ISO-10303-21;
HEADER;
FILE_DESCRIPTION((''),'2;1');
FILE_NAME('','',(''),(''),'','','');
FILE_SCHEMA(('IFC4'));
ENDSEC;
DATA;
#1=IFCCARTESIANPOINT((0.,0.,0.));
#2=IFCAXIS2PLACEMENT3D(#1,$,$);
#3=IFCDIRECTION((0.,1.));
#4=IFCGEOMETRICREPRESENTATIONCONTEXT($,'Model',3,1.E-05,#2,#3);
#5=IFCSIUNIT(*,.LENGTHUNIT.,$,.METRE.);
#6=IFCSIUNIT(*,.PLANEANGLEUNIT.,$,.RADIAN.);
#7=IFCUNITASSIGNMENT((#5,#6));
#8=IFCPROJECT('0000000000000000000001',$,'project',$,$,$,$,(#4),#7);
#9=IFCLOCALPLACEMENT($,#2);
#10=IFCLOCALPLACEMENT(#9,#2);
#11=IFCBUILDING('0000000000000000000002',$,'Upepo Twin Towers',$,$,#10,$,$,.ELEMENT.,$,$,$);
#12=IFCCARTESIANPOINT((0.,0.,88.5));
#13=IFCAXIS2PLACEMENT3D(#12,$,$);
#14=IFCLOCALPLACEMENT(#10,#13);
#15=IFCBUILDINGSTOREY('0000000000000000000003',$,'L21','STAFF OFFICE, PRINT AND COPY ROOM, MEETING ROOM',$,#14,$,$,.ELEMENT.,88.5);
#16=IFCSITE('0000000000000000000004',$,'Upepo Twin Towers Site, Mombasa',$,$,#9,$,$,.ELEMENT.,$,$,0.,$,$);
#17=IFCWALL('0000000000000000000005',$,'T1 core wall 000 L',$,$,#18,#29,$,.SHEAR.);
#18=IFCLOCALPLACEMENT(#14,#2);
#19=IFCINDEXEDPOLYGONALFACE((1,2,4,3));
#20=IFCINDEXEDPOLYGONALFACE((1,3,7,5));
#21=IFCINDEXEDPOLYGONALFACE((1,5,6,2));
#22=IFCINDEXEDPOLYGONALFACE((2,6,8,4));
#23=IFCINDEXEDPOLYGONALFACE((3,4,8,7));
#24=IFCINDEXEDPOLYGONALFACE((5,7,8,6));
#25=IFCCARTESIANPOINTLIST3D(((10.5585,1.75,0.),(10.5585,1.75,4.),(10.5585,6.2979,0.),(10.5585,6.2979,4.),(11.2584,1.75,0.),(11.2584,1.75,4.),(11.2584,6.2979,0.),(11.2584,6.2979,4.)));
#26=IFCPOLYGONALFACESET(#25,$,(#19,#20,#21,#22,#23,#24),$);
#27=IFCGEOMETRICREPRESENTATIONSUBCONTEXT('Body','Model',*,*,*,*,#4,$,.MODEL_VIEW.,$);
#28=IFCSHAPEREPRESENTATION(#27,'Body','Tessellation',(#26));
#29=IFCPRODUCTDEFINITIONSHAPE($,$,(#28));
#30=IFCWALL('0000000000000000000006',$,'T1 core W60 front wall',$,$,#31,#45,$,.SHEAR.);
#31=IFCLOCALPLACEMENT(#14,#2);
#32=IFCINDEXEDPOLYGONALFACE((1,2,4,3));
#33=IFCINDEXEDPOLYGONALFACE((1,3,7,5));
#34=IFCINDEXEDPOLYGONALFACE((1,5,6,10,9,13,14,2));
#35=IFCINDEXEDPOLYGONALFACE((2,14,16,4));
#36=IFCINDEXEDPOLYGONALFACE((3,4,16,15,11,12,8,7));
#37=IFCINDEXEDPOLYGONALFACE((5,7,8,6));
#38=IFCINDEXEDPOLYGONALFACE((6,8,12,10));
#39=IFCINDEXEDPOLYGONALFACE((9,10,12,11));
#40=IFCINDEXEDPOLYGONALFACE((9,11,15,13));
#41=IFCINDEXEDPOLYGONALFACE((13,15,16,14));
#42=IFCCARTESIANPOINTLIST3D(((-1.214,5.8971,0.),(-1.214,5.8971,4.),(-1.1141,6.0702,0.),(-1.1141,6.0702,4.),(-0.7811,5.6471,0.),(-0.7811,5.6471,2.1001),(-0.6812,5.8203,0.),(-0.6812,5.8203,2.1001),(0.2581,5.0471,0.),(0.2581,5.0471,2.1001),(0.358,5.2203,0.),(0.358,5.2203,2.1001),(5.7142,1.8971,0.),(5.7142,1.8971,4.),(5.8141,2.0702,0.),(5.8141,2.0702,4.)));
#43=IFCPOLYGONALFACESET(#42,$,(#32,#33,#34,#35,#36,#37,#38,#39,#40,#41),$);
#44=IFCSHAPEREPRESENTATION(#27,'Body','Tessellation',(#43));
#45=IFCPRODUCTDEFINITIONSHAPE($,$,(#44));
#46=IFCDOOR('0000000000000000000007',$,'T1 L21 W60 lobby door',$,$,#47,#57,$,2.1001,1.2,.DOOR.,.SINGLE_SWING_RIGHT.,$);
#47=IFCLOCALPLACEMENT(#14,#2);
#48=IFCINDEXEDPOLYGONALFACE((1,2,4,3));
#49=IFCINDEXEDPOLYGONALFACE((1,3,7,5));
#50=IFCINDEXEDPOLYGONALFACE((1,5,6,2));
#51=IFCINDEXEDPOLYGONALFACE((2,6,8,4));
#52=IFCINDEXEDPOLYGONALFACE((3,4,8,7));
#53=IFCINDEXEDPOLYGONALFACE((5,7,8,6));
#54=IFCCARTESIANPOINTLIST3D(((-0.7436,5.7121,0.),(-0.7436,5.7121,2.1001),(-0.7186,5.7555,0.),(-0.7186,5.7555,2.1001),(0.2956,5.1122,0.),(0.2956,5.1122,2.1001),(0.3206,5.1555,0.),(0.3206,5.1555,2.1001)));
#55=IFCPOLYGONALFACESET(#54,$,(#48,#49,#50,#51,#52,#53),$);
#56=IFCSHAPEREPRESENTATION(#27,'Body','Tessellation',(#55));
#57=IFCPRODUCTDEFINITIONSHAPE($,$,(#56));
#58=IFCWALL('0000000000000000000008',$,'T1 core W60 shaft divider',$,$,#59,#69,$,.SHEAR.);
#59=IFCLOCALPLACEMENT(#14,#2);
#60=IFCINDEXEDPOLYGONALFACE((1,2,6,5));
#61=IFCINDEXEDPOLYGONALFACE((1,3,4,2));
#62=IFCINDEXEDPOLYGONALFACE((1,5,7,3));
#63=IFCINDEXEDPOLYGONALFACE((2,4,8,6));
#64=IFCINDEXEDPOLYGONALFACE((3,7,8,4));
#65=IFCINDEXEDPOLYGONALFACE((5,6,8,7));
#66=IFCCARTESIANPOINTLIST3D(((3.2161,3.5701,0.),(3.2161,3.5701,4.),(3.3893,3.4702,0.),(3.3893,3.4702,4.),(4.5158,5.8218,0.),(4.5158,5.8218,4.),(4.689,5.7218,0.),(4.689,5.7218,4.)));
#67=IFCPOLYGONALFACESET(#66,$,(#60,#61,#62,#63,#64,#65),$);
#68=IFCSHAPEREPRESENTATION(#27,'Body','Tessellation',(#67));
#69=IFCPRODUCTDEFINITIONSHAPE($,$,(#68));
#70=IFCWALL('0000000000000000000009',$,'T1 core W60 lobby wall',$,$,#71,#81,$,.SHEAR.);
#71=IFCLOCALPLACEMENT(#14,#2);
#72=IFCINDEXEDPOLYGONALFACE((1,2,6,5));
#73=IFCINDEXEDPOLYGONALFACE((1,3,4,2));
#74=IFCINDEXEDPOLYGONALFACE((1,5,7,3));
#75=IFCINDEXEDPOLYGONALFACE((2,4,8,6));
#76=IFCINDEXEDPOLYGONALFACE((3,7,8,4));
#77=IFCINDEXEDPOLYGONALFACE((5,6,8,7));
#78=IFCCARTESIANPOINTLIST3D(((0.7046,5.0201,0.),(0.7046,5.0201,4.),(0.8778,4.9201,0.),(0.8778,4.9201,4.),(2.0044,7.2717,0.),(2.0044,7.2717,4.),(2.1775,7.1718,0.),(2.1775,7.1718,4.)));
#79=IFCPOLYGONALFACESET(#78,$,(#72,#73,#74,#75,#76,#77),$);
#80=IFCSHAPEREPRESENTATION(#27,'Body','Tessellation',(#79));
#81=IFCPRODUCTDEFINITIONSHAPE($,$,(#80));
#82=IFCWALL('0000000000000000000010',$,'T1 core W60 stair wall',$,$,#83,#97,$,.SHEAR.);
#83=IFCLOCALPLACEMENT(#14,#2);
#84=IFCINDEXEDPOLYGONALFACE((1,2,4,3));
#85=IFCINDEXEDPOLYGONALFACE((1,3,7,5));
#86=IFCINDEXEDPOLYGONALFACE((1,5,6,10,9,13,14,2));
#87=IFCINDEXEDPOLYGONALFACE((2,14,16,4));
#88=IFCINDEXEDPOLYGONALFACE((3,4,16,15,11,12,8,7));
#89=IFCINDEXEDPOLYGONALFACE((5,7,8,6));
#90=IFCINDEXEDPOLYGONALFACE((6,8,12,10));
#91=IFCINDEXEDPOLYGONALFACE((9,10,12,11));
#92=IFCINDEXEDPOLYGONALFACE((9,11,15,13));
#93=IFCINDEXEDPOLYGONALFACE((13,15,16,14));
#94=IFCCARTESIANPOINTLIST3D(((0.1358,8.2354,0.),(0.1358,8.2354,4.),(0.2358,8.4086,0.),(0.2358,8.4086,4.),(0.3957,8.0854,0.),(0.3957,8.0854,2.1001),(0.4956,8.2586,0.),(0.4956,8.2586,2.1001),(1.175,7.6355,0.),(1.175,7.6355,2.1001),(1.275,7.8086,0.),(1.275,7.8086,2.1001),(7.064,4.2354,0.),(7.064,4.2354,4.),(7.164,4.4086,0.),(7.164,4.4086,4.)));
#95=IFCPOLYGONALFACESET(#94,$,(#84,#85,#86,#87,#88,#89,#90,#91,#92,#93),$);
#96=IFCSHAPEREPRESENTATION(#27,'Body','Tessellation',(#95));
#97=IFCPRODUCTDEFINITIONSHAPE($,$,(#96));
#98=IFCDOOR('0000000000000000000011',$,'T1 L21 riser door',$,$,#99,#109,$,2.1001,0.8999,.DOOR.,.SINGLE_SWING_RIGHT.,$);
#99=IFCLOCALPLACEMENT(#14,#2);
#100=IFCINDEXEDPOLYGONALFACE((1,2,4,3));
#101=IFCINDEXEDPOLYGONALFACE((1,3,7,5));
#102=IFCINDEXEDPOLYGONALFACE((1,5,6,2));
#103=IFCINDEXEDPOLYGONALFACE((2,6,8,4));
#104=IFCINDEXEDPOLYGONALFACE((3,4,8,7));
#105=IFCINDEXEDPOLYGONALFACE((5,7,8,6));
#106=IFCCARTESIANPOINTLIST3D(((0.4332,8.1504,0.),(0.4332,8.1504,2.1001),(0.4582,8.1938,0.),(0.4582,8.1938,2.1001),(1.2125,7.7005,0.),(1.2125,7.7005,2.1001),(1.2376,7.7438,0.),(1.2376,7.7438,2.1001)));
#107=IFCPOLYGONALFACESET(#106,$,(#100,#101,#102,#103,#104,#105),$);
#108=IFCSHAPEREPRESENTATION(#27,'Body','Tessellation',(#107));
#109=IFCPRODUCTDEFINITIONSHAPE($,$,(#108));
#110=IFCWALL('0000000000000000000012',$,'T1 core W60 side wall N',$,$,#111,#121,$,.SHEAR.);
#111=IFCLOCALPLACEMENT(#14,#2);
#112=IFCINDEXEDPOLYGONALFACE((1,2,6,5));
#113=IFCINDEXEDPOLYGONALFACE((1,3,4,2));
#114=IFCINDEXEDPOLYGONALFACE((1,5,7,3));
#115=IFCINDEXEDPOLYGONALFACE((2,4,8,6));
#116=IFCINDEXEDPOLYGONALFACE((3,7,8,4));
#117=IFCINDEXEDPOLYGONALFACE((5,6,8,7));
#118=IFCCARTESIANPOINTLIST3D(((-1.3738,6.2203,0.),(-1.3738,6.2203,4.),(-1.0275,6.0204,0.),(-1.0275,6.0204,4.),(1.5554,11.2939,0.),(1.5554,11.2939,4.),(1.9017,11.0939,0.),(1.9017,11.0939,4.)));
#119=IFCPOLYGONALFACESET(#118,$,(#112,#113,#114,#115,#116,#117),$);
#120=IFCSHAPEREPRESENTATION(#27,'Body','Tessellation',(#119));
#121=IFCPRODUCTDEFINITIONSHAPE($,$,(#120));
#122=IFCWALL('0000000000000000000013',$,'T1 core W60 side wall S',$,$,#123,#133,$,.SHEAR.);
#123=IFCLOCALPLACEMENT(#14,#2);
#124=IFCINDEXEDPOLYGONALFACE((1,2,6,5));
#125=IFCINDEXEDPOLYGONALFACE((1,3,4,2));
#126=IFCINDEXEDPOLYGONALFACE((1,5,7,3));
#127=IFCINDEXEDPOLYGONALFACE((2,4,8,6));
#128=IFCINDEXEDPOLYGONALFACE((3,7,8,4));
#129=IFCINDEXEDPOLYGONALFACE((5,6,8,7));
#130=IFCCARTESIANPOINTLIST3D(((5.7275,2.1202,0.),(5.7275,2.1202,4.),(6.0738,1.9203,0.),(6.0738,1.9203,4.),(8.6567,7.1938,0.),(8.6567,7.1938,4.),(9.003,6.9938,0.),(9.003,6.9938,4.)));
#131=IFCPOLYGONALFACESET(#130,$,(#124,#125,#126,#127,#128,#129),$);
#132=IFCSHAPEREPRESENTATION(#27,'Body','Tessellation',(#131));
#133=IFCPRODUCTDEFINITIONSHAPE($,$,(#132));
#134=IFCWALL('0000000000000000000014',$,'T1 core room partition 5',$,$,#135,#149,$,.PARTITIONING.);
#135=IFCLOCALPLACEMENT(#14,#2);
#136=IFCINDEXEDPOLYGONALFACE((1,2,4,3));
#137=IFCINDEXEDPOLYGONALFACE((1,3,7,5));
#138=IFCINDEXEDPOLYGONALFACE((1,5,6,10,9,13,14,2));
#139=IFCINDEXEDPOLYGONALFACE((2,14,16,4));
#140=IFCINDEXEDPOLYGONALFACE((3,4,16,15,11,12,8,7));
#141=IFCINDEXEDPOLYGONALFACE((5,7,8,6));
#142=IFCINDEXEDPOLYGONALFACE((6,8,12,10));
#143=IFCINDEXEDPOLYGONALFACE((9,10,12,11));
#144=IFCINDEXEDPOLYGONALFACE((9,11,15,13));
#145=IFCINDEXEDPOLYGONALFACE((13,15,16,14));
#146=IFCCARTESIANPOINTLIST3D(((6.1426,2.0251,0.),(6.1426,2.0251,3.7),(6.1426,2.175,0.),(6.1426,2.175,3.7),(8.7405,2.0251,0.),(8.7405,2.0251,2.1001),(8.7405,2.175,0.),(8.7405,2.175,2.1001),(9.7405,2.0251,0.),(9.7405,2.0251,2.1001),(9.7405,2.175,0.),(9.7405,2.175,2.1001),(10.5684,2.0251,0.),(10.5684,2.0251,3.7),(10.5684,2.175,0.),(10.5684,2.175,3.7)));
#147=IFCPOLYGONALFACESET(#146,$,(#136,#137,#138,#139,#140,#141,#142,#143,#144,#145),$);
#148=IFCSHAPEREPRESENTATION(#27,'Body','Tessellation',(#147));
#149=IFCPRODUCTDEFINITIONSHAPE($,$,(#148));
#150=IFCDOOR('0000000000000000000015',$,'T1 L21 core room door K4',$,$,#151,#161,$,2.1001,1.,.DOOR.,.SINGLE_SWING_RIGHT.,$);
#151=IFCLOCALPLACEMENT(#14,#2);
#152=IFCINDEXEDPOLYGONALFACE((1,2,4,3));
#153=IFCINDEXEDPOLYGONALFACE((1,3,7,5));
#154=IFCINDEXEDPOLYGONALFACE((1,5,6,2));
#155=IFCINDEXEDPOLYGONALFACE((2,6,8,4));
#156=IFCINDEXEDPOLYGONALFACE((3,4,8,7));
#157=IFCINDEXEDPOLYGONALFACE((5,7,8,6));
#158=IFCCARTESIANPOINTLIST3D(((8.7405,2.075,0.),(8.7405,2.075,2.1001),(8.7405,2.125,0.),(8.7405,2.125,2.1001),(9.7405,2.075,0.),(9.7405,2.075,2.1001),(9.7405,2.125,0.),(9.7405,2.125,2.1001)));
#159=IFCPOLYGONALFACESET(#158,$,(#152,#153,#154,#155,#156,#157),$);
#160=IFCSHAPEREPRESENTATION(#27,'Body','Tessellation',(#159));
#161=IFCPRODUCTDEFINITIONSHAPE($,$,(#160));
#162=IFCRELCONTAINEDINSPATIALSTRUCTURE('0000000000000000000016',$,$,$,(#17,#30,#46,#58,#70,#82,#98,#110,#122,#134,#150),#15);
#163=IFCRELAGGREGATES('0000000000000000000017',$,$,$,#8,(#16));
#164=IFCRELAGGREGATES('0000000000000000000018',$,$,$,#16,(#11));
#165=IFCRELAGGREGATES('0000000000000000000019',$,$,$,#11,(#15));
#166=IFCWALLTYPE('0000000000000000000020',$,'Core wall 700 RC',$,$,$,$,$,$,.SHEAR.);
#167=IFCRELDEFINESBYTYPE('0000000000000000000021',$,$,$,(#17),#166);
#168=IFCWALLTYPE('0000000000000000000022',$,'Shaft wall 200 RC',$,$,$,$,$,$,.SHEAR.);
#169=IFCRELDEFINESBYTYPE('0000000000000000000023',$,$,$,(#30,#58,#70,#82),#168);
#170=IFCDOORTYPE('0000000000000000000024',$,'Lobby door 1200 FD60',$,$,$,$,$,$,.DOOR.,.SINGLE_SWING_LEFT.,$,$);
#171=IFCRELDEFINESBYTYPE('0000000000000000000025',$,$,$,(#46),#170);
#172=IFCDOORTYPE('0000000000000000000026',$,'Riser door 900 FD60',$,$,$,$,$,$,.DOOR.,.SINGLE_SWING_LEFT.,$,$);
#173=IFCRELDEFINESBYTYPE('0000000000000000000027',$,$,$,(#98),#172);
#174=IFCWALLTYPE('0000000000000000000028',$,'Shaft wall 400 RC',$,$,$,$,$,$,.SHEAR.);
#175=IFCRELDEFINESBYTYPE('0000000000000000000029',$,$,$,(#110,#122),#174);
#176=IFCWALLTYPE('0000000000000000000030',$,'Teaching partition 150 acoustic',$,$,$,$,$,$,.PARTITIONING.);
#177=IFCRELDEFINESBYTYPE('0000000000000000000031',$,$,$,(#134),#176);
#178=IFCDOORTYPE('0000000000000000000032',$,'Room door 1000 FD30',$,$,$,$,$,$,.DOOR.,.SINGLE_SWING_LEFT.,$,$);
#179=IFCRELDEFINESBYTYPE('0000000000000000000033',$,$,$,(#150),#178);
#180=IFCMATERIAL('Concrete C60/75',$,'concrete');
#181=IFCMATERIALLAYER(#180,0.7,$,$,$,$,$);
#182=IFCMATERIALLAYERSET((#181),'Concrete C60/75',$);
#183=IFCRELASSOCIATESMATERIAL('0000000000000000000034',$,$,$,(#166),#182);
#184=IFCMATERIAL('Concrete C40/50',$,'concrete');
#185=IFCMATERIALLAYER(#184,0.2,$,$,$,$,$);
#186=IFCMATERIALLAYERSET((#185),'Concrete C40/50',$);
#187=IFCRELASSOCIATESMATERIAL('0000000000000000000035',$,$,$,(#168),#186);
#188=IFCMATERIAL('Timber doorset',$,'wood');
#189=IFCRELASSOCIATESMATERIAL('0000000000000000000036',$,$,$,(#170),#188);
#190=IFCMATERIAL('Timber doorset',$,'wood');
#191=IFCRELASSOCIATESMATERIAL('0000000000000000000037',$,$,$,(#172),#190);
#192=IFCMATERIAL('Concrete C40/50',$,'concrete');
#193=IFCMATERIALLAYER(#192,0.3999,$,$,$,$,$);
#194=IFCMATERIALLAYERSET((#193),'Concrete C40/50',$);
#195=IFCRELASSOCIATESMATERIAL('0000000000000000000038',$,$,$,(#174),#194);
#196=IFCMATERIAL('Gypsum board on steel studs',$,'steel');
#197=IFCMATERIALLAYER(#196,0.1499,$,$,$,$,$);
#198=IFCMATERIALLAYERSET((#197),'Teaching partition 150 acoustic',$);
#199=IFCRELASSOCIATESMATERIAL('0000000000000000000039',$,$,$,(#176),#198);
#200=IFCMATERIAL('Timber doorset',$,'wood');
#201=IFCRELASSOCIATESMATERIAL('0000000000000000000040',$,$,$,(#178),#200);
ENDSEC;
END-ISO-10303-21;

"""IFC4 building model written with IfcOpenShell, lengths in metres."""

from ifc_helpers import new_model, si_unit, direction, frame, frame_2d, origin, place, context, subcontext, project, spatial, rectangle, extrude, material, layer, layer_set, type_object, element, fill, save


model = new_model("IFC4")

# Units and contexts
model_context = context("Model", 3, precision=1e-05, world=origin(), true_north=direction((0.0, 1.0)))
body_context = subcontext(model_context, "Body", "Model", "MODEL_VIEW")
ifc_project = project(units=[si_unit("LENGTHUNIT", "METRE"), si_unit("PLANEANGLEUNIT", "RADIAN")], contexts=[model_context])

# Site, building, storey
site_placement = place(None, origin())
site = spatial("IfcSite", under=ifc_project, at=site_placement, Name="Upepo Twin Towers Site, Mombasa", CompositionType="ELEMENT", RefElevation=0.0)
building_placement = place(site_placement, origin())
building = spatial("IfcBuilding", under=site, at=building_placement, Name="Upepo Twin Towers", CompositionType="ELEMENT")
storey_placement = place(building_placement, frame((0.0, 0.0, 88.5)))
storey = spatial("IfcBuildingStorey", under=building, at=storey_placement, Name="L21", Description="STAFF OFFICE, PRINT AND COPY ROOM, MEETING ROOM", CompositionType="ELEMENT", Elevation=88.5)

# Wall
ifc_material_1 = material(Name="Concrete C60/75", Category="concrete")
ifc_layer_1 = layer(ifc_material_1, 0.7)
ifc_layer_set_1 = layer_set([ifc_layer_1], Name="Concrete C60/75")
wall_type_1 = type_object("IfcWallType", Name="Core wall 700 RC", PredefinedType="SHEAR", material=ifc_layer_set_1)
wall_1_placement = place(storey_placement, frame((10.9084, 1.75, 0.0), z_axis=(0.0, 0.0, 1.0), x_axis=(0.0, 1.0, 0.0)))
element("IfcWall", 1, at=wall_1_placement, inside=storey, type_object=wall_type_1, Name="T1 core wall 000 L", PredefinedType="SHEAR", context=body_context, shape_type="SweptSolid", body=[
    extrude(rectangle(XDim=4.5479, YDim=0.7, at=frame_2d((2.2739, 0.0))), origin(), (0.0, 0.0, 1.0), 4.0),
])

# Wall, opening, door
ifc_material_2 = material(Name="Concrete C40/50", Category="concrete")
ifc_layer_2 = layer(ifc_material_2, 0.2)
ifc_layer_set_2 = layer_set([ifc_layer_2], Name="Concrete C40/50")
wall_type_2 = type_object("IfcWallType", Name="Shaft wall 200 RC", PredefinedType="SHEAR", material=ifc_layer_set_2)
wall_2_placement = place(storey_placement, frame((5.7642, 1.9836, 0.0), z_axis=(0.0, 0.0, 1.0), x_axis=(-0.866026, 0.499999, 0.0)))
wall_2 = element("IfcWall", 2, at=wall_2_placement, inside=storey, type_object=wall_type_2, Name="T1 core W60 front wall", PredefinedType="SHEAR", context=body_context, shape_type="SweptSolid", body=[
    extrude(rectangle(XDim=8.0, YDim=0.2, at=frame_2d((4.0, 0.0))), origin(), (0.0, 0.0, 1.0), 4.0),
])
opening_1_placement = place(wall_2_placement, frame((6.3, 0.0, 0.0)))
opening_1 = element("IfcOpeningElement", 3, at=opening_1_placement, cuts=wall_2, PredefinedType="OPENING", context=body_context, shape_type="SweptSolid", body=[
    extrude(rectangle(XDim=1.2, YDim=2.1001, at=frame_2d((0.6001, 1.05))), frame((0.0, 0.1099, 0.0), z_axis=(0.0, -1.0, 0.0), x_axis=(1.0, 0.0, 0.0)), (0.0, 0.0, 1.0), 0.22),
])
ifc_material_3 = material(Name="Timber doorset", Category="wood")
door_type_1 = type_object("IfcDoorType", Name="Lobby door 1200 FD60", OperationType="SINGLE_SWING_LEFT", PredefinedType="DOOR", material=ifc_material_3)
door_1_placement = place(opening_1_placement, origin())
door_1 = element("IfcDoor", 4, at=door_1_placement, inside=storey, type_object=door_type_1, Name="T1 L21 W60 lobby door", OperationType="SINGLE_SWING_RIGHT", OverallHeight=2.1001, OverallWidth=1.2, PredefinedType="DOOR", context=body_context, shape_type="SweptSolid", body=[
    extrude(rectangle(XDim=1.2, YDim=2.1001, at=frame_2d((0.6001, 1.05))), frame((0.0, 0.0249, 0.0), z_axis=(0.0, -1.0, 0.0), x_axis=(1.0, 0.0, 0.0)), (0.0, 0.0, 1.0), 0.05),
])
fill(opening_1, door_1)

# Walls
for number, where, z_axis, x_axis, name in (
    (5, (3.3027, 3.5203, 0.0), (0.0, 0.0, 1.0), (0.499937, 0.866062, 0.0), "T1 core W60 shaft divider"),
    (6, (0.7913, 4.9702, 0.0), (0.0, 0.0, 1.0), (0.499937, 0.866062, 0.0), "T1 core W60 lobby wall"),
):
    element("IfcWall", number, at=place(storey_placement, frame(where, z_axis=z_axis, x_axis=x_axis)), inside=storey, type_object=wall_type_2, Name=name, PredefinedType="SHEAR", context=body_context, shape_type="SweptSolid", body=[
        extrude(rectangle(XDim=2.5999, YDim=0.2, at=frame_2d((1.2998, 0.0))), origin(), (0.0, 0.0, 1.0), 4.0),
    ])

# Wall, opening, door
wall_3_placement = place(storey_placement, frame((7.114, 4.322, 0.0), z_axis=(0.0, 0.0, 1.0), x_axis=(-0.866026, 0.499999, 0.0)))
wall_3 = element("IfcWall", 7, at=wall_3_placement, inside=storey, type_object=wall_type_2, Name="T1 core W60 stair wall", PredefinedType="SHEAR", context=body_context, shape_type="SweptSolid", body=[
    extrude(rectangle(XDim=8.0, YDim=0.2, at=frame_2d((4.0, 0.0))), origin(), (0.0, 0.0, 1.0), 4.0),
])
opening_2_placement = place(wall_3_placement, frame((6.8, 0.0, 0.0)))
opening_2 = element("IfcOpeningElement", 8, at=opening_2_placement, cuts=wall_3, PredefinedType="OPENING", context=body_context, shape_type="SweptSolid", body=[
    extrude(rectangle(XDim=0.8999, YDim=2.1001, at=frame_2d((0.45, 1.05))), frame((0.0, 0.1099, 0.0), z_axis=(0.0, -1.0, 0.0), x_axis=(1.0, 0.0, 0.0)), (0.0, 0.0, 1.0), 0.22),
])
ifc_material_4 = material(Name="Timber doorset", Category="wood")
door_type_2 = type_object("IfcDoorType", Name="Riser door 900 FD60", OperationType="SINGLE_SWING_LEFT", PredefinedType="DOOR", material=ifc_material_4)
door_2_placement = place(opening_2_placement, origin())
door_2 = element("IfcDoor", 9, at=door_2_placement, inside=storey, type_object=door_type_2, Name="T1 L21 riser door", OperationType="SINGLE_SWING_RIGHT", OverallHeight=2.1001, OverallWidth=0.8999, PredefinedType="DOOR", context=body_context, shape_type="SweptSolid", body=[
    extrude(rectangle(XDim=0.8999, YDim=2.1001, at=frame_2d((0.45, 1.05))), frame((0.0, 0.0249, 0.0), z_axis=(0.0, -1.0, 0.0), x_axis=(1.0, 0.0, 0.0)), (0.0, 0.0, 1.0), 0.05),
])
fill(opening_2, door_2)

# Walls
ifc_material_5 = material(Name="Concrete C40/50", Category="concrete")
ifc_layer_3 = layer(ifc_material_5, 0.3999)
ifc_layer_set_3 = layer_set([ifc_layer_3], Name="Concrete C40/50")
wall_type_3 = type_object("IfcWallType", Name="Shaft wall 400 RC", PredefinedType="SHEAR", material=ifc_layer_set_3)
for number, where, z_axis, x_axis, name in (
    (10, (-1.2007, 6.1204, 0.0), (0.0, 0.0, 1.0), (0.500003, 0.866024, 0.0), "T1 core W60 side wall N"),
    (11, (5.9006, 2.0203, 0.0), (0.0, 0.0, 1.0), (0.500003, 0.866024, 0.0), "T1 core W60 side wall S"),
):
    element("IfcWall", number, at=place(storey_placement, frame(where, z_axis=z_axis, x_axis=x_axis)), inside=storey, type_object=wall_type_3, Name=name, PredefinedType="SHEAR", context=body_context, shape_type="SweptSolid", body=[
        extrude(rectangle(XDim=5.8584, YDim=0.3999, at=frame_2d((2.9292, 0.0))), origin(), (0.0, 0.0, 1.0), 4.0),
    ])

# Wall, opening, door
ifc_material_6 = material(Name="Gypsum board on steel studs", Category="steel")
ifc_layer_4 = layer(ifc_material_6, 0.1499)
ifc_layer_set_4 = layer_set([ifc_layer_4], Name="Teaching partition 150 acoustic")
wall_type_4 = type_object("IfcWallType", Name="Teaching partition 150 acoustic", PredefinedType="PARTITIONING", material=ifc_layer_set_4)
wall_4_placement = place(storey_placement, frame((6.1426, 2.1001, 0.0), z_axis=(0.0, 0.0, 1.0), x_axis=(1.0, 0.0, 0.0)))
wall_4 = element("IfcWall", 12, at=wall_4_placement, inside=storey, type_object=wall_type_4, Name="T1 core room partition 5", PredefinedType="PARTITIONING", context=body_context, shape_type="SweptSolid", body=[
    extrude(rectangle(XDim=4.4258, YDim=0.1499, at=frame_2d((2.2129, 0.0))), origin(), (0.0, 0.0, 1.0), 3.7),
])
opening_3_placement = place(wall_4_placement, frame((2.5979, 0.0, 0.0)))
opening_3 = element("IfcOpeningElement", 13, at=opening_3_placement, cuts=wall_4, PredefinedType="OPENING", context=body_context, shape_type="SweptSolid", body=[
    extrude(rectangle(XDim=1.0, YDim=2.1001, at=frame_2d((0.5, 1.05))), frame((0.0, 0.085, 0.0), z_axis=(0.0, -1.0, 0.0), x_axis=(1.0, 0.0, 0.0)), (0.0, 0.0, 1.0), 0.1699),
])
ifc_material_7 = material(Name="Timber doorset", Category="wood")
door_type_3 = type_object("IfcDoorType", Name="Room door 1000 FD30", OperationType="SINGLE_SWING_LEFT", PredefinedType="DOOR", material=ifc_material_7)
door_3_placement = place(opening_3_placement, origin())
door_3 = element("IfcDoor", 14, at=door_3_placement, inside=storey, type_object=door_type_3, Name="T1 L21 core room door K4", OperationType="SINGLE_SWING_RIGHT", OverallHeight=2.1001, OverallWidth=1.0, PredefinedType="DOOR", context=body_context, shape_type="SweptSolid", body=[
    extrude(rectangle(XDim=1.0, YDim=2.1001, at=frame_2d((0.5, 1.05))), frame((0.0, 0.0249, 0.0), z_axis=(0.0, -1.0, 0.0), x_axis=(1.0, 0.0, 0.0)), (0.0, 0.0, 1.0), 0.05),
])
fill(opening_3, door_3)

save(model, "model.ifc")
